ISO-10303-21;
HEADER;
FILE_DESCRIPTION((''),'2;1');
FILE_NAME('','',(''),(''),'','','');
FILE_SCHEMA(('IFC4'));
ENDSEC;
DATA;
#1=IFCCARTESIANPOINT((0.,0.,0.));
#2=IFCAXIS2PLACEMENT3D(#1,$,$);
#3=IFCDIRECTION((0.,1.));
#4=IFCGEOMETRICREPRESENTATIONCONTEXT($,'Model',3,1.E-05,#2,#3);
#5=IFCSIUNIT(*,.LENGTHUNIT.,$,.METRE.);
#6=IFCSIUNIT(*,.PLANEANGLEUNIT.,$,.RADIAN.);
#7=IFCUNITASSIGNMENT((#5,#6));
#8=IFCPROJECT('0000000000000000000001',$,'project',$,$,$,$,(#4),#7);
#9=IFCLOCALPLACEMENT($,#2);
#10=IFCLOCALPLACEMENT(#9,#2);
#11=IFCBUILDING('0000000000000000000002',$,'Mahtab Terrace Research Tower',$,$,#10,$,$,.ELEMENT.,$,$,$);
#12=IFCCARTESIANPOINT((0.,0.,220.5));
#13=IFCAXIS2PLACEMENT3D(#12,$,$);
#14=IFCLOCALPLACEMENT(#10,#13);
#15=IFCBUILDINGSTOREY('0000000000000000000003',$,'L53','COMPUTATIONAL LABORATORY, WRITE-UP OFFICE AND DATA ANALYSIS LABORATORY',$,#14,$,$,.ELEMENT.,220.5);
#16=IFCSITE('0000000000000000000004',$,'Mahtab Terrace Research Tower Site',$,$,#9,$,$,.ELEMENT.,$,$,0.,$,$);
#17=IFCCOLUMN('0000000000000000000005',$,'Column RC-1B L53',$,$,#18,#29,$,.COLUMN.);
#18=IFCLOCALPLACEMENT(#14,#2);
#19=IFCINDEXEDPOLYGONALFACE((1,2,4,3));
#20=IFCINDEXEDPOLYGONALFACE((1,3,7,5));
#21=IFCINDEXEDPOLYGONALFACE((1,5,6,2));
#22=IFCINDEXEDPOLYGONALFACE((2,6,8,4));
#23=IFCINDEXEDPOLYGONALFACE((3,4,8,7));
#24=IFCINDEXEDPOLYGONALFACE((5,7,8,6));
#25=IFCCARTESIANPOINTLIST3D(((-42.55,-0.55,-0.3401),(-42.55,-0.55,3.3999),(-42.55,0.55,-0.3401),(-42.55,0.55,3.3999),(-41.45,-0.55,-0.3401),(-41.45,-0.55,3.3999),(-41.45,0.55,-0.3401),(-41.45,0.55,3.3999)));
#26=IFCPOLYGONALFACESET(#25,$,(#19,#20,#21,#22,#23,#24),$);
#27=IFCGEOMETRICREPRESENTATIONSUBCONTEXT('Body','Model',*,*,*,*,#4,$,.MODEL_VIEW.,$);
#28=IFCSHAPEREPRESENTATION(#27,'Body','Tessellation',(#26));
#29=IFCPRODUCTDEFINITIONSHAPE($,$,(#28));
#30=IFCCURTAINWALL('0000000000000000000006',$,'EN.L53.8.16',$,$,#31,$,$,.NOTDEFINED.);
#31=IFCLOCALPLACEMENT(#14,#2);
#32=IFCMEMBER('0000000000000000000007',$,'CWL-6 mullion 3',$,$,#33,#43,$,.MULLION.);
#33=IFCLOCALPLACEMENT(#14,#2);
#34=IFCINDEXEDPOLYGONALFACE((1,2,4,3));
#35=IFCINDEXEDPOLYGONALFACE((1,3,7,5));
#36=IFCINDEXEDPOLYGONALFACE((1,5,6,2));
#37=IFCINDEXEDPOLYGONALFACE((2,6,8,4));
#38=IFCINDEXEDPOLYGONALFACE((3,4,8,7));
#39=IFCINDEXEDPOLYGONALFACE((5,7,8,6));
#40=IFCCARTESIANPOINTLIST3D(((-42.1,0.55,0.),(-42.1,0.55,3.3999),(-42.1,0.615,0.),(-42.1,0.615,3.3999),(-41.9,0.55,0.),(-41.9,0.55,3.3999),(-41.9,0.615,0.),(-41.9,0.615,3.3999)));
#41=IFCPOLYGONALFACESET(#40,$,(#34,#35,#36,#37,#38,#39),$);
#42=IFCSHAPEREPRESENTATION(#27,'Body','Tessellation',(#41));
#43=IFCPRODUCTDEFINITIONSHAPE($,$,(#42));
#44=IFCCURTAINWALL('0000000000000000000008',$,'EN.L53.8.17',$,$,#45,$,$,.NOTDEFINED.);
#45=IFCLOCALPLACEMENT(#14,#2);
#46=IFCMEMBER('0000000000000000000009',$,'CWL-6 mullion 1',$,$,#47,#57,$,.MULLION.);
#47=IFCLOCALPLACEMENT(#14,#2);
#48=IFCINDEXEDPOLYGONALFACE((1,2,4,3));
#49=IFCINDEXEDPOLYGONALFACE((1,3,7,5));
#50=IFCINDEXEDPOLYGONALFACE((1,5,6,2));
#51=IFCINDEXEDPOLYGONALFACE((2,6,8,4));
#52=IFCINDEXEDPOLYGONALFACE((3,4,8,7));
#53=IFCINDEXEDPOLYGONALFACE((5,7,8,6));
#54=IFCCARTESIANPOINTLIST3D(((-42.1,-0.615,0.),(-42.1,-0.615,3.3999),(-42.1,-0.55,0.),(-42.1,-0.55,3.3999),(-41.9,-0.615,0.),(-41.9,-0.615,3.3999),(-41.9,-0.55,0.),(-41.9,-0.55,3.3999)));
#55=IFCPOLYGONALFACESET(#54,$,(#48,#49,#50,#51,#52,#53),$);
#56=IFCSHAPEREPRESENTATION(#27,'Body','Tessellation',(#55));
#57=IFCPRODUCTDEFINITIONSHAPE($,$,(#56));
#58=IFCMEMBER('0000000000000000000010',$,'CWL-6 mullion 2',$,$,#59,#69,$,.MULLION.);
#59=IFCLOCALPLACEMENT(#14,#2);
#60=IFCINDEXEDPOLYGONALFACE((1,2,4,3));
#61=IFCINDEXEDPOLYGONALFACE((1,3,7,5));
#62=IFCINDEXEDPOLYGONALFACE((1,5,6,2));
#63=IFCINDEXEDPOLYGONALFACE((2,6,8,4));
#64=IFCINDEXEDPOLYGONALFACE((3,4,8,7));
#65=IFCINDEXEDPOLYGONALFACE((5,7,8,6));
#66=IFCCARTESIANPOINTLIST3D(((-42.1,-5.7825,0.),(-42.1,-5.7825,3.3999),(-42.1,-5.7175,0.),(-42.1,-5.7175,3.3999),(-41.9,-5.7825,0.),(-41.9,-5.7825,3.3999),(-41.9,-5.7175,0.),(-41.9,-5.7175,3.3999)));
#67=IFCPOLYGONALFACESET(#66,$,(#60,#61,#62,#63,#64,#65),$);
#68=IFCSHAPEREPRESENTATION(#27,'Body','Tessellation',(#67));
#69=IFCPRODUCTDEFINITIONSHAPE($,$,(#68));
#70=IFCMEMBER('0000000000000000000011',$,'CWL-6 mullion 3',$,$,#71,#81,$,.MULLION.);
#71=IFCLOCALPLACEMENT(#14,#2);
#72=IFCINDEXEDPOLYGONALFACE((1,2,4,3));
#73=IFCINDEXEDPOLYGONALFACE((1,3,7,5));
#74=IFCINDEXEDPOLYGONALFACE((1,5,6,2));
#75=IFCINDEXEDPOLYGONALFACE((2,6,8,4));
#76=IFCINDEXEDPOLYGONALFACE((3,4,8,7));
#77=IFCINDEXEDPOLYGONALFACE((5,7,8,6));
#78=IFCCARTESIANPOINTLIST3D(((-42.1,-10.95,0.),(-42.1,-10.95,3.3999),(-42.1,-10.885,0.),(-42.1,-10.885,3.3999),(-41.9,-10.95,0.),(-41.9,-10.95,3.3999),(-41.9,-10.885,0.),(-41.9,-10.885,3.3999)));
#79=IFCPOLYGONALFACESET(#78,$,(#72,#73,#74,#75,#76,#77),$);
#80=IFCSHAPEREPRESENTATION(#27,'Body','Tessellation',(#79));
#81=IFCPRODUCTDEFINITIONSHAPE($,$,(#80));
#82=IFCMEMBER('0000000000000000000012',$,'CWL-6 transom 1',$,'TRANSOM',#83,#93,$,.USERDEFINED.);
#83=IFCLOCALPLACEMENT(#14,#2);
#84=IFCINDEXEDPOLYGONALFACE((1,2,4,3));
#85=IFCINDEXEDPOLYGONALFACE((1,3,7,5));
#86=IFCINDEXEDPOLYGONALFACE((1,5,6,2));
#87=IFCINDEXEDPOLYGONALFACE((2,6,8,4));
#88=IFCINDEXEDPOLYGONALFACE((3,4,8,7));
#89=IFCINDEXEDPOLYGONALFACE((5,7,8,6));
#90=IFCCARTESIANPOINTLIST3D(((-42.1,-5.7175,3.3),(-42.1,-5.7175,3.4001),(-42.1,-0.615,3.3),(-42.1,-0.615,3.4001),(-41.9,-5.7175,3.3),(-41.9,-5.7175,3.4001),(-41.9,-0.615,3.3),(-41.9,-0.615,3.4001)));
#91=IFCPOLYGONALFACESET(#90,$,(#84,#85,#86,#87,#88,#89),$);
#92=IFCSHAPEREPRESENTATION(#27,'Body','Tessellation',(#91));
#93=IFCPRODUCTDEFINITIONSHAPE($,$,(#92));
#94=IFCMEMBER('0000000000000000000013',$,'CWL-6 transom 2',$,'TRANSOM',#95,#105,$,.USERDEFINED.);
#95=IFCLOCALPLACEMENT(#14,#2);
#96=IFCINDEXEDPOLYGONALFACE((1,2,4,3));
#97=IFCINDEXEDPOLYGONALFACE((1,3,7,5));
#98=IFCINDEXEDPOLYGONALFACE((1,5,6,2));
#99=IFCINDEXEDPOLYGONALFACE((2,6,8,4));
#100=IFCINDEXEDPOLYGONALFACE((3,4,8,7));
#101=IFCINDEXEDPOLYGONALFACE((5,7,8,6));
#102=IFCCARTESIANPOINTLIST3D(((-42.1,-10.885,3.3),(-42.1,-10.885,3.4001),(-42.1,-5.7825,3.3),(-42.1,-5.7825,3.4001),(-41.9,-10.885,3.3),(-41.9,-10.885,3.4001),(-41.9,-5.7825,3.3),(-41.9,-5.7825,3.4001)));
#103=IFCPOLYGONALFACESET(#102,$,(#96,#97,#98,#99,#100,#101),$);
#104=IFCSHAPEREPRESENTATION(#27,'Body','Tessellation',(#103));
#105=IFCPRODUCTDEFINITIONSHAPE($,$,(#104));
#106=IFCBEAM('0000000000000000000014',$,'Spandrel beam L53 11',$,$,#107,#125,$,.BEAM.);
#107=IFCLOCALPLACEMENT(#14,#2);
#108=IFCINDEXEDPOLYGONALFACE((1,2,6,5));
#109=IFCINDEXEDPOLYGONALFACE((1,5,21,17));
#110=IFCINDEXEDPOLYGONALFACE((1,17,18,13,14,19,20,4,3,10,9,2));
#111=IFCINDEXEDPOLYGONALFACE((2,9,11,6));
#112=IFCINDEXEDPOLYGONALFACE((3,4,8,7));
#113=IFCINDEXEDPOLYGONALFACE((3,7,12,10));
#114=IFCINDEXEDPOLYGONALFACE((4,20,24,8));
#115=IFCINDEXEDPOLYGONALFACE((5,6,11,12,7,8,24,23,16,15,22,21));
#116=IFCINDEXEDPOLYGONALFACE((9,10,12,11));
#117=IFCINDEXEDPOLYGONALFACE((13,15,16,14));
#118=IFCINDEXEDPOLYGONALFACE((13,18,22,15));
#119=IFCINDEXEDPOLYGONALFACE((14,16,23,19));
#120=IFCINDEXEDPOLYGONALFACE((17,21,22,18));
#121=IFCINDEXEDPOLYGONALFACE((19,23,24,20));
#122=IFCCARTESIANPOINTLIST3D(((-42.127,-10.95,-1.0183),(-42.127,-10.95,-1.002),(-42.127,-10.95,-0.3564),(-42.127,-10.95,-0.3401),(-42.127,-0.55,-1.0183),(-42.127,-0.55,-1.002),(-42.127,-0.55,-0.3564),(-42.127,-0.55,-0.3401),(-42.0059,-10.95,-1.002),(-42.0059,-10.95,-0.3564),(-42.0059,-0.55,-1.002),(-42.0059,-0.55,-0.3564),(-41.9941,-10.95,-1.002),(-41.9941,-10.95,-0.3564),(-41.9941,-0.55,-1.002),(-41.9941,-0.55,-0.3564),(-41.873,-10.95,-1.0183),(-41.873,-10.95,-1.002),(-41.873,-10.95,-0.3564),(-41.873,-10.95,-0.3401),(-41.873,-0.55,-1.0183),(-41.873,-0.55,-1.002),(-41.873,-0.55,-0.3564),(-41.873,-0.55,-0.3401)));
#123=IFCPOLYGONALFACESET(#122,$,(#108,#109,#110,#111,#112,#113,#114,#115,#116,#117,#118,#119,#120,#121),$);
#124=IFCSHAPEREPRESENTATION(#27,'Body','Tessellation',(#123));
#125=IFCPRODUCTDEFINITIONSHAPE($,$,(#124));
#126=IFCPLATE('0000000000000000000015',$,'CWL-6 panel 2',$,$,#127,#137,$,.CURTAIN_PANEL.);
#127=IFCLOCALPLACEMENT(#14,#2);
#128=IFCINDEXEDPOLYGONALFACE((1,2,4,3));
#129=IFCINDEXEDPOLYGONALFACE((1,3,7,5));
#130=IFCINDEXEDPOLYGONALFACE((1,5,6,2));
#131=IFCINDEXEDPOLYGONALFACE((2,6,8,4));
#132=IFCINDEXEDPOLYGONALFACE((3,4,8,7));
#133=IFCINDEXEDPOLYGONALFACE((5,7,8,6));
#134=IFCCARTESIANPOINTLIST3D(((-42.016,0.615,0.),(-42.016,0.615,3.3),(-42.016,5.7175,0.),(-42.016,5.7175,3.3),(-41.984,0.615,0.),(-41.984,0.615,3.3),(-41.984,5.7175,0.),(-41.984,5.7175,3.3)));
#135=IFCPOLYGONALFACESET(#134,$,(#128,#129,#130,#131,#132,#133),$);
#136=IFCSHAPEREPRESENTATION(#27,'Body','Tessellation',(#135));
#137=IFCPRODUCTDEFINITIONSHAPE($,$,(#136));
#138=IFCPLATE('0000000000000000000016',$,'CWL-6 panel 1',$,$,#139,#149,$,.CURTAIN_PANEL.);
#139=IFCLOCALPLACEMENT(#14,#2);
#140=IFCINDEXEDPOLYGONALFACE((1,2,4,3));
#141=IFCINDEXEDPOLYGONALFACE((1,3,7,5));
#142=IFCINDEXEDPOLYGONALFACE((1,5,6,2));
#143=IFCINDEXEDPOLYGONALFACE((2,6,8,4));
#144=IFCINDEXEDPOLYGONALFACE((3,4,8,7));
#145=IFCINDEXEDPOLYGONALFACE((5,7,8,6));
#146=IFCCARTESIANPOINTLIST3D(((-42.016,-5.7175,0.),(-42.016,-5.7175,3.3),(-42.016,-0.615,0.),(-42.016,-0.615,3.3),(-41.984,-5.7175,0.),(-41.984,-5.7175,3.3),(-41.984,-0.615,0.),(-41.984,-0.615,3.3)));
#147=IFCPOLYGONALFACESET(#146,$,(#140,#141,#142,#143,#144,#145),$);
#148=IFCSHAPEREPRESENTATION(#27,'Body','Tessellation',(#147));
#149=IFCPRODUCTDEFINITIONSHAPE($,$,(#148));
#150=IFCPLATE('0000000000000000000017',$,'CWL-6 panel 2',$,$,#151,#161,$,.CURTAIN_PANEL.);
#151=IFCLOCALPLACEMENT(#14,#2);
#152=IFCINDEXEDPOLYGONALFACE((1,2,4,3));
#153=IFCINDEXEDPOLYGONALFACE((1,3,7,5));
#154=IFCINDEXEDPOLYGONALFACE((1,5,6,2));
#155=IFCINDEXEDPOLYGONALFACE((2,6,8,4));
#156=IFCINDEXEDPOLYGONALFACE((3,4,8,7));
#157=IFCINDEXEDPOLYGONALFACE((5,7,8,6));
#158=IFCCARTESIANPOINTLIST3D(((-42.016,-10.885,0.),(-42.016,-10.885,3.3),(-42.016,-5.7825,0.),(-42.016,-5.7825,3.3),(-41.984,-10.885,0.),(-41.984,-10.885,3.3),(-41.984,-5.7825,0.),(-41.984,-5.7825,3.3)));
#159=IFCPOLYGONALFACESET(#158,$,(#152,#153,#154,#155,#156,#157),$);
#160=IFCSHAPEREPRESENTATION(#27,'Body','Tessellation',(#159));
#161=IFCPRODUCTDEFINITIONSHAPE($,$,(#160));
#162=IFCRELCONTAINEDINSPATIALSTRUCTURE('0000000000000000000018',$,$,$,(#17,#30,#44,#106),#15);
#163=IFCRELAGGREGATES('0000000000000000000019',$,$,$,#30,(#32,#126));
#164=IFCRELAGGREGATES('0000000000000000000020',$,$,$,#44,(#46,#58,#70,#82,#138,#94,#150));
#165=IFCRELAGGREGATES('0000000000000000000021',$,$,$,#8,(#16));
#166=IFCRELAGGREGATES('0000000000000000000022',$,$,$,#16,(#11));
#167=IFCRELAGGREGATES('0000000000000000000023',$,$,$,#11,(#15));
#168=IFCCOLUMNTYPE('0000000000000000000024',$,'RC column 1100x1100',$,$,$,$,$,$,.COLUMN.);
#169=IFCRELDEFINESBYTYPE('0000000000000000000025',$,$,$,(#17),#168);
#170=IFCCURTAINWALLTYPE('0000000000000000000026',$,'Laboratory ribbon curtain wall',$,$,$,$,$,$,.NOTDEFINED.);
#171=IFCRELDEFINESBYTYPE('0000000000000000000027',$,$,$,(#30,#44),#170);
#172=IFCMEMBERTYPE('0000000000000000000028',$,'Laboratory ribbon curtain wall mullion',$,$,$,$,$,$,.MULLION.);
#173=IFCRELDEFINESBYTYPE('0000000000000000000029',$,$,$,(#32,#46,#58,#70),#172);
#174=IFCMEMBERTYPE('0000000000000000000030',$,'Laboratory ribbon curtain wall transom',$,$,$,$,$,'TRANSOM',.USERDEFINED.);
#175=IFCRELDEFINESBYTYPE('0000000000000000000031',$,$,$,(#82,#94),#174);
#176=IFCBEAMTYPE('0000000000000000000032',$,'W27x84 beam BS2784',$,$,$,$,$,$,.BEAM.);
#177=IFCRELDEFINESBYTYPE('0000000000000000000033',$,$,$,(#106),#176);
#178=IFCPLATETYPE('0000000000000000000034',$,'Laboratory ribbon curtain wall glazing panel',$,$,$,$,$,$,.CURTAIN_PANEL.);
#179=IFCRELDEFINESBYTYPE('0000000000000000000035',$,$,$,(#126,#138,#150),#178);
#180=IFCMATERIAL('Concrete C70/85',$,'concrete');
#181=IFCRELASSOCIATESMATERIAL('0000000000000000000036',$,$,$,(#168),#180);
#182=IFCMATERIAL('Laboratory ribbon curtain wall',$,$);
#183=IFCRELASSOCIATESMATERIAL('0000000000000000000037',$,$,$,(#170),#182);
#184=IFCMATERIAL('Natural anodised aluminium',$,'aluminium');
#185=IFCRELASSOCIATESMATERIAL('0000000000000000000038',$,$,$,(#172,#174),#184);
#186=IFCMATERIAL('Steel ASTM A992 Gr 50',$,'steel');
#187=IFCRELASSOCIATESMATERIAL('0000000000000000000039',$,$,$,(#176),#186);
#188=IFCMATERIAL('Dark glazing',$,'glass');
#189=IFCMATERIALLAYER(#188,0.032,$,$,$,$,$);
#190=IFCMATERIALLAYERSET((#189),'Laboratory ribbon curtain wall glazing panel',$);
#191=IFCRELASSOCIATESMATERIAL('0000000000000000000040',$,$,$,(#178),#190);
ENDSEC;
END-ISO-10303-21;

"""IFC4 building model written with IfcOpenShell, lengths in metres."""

from ifc_helpers import new_model, si_unit, direction, frame, origin, origin_2d, place, context, subcontext, project, spatial, rectangle, i_section, extrude, material, layer, layer_set, material_profile, profile_set, type_object, element, aggregate, save


model = new_model("IFC4")

# Units and contexts
model_context = context("Model", 3, precision=1e-05, world=origin(), true_north=direction((0.0, 1.0)))
body_context = subcontext(model_context, "Body", "Model", "MODEL_VIEW")
ifc_project = project(units=[si_unit("LENGTHUNIT", "METRE"), si_unit("PLANEANGLEUNIT", "RADIAN")], contexts=[model_context])

# Site, building, storey
site_placement = place(None, origin())
site = spatial("IfcSite", under=ifc_project, at=site_placement, Name="Mahtab Terrace Research Tower Site", CompositionType="ELEMENT", RefElevation=0.0)
building_placement = place(site_placement, origin())
building = spatial("IfcBuilding", under=site, at=building_placement, Name="Mahtab Terrace Research Tower", CompositionType="ELEMENT")
storey_placement = place(building_placement, frame((0.0, 0.0, 220.5)))
storey = spatial("IfcBuildingStorey", under=building, at=storey_placement, Name="L53", Description="COMPUTATIONAL LABORATORY, WRITE-UP OFFICE AND DATA ANALYSIS LABORATORY", CompositionType="ELEMENT", Elevation=220.5)

# Column
ifc_material_1 = material(Name="Concrete C70/85", Category="concrete")
ifc_material_profile_1 = material_profile(ifc_material_1, rectangle(XDim=1.1001, YDim=1.1001, at=origin_2d()), Name="RC column 1100x1100")
ifc_profile_set_1 = profile_set([ifc_material_profile_1], Name="Concrete C70/85")
column_type = type_object("IfcColumnType", Name="RC column 1100x1100", PredefinedType="COLUMN", material=ifc_profile_set_1)
column_placement = place(storey_placement, frame((-42.0, 0.0, -0.3401), z_axis=(0.0, 0.0, 1.0), x_axis=(1.0, 0.0, 0.0)))
element("IfcColumn", 1, at=column_placement, inside=storey, type_object=column_type, Name="Column RC-1B L53", PredefinedType="COLUMN", context=body_context, shape_type="SweptSolid", body=[
    extrude(rectangle(XDim=1.1001, YDim=1.1001, at=origin_2d()), origin(), (0.0, 0.0, 1.0), 3.74),
])

# Curtain wall, member
ifc_material_2 = material(Name="Laboratory ribbon curtain wall")
curtain_wall_type = type_object("IfcCurtainWallType", Name="Laboratory ribbon curtain wall", PredefinedType="NOTDEFINED", material=ifc_material_2)
curtain_wall_1_placement = place(storey_placement, origin())
curtain_wall_1 = element("IfcCurtainWall", 2, at=curtain_wall_1_placement, inside=storey, type_object=curtain_wall_type, Name="EN.L53.8.16", PredefinedType="NOTDEFINED")
ifc_material_3 = material(Name="Natural anodised aluminium", Category="aluminium")
ifc_material_profile_2 = material_profile(ifc_material_3, rectangle(XDim=0.2, YDim=0.0649, at=origin_2d()), Name="MULLION 65x200")
ifc_profile_set_2 = profile_set([ifc_material_profile_2], Name="Natural anodised aluminium")
member_type_1 = type_object("IfcMemberType", Name="Laboratory ribbon curtain wall mullion", PredefinedType="MULLION", material=ifc_profile_set_2)
member_1_placement = place(storey_placement, frame((-42.0, 0.5825, 0.0), z_axis=(0.0, 0.0, 1.0), x_axis=(1.0, 0.0, 0.0)))
member_1 = element("IfcMember", 3, at=member_1_placement, type_object=member_type_1, Name="CWL-6 mullion 3", PredefinedType="MULLION", context=body_context, shape_type="SweptSolid", body=[
    extrude(rectangle(XDim=0.2, YDim=0.0649, at=origin_2d()), origin(), (0.0, 0.0, 1.0), 3.3999),
])

# Curtain wall, members
curtain_wall_2_placement = place(storey_placement, origin())
curtain_wall_2 = element("IfcCurtainWall", 4, at=curtain_wall_2_placement, inside=storey, type_object=curtain_wall_type, Name="EN.L53.8.17", PredefinedType="NOTDEFINED")
member_2_placement = place(storey_placement, frame((-42.0, -0.5825, 0.0), z_axis=(0.0, 0.0, 1.0), x_axis=(1.0, 0.0, 0.0)))
member_2 = element("IfcMember", 5, at=member_2_placement, type_object=member_type_1, Name="CWL-6 mullion 1", PredefinedType="MULLION", context=body_context, shape_type="SweptSolid", body=[
    extrude(rectangle(XDim=0.2, YDim=0.0649, at=origin_2d()), origin(), (0.0, 0.0, 1.0), 3.3999),
])
member_3_placement = place(storey_placement, frame((-42.0, -5.75, 0.0), z_axis=(0.0, 0.0, 1.0), x_axis=(1.0, 0.0, 0.0)))
member_3 = element("IfcMember", 6, at=member_3_placement, type_object=member_type_1, Name="CWL-6 mullion 2", PredefinedType="MULLION", context=body_context, shape_type="SweptSolid", body=[
    extrude(rectangle(XDim=0.2, YDim=0.0649, at=origin_2d()), origin(), (0.0, 0.0, 1.0), 3.3999),
])
member_4_placement = place(storey_placement, frame((-42.0, -10.9175, 0.0), z_axis=(0.0, 0.0, 1.0), x_axis=(1.0, 0.0, 0.0)))
member_4 = element("IfcMember", 7, at=member_4_placement, type_object=member_type_1, Name="CWL-6 mullion 3", PredefinedType="MULLION", context=body_context, shape_type="SweptSolid", body=[
    extrude(rectangle(XDim=0.2, YDim=0.0649, at=origin_2d()), origin(), (0.0, 0.0, 1.0), 3.3999),
])
ifc_material_profile_3 = material_profile(ifc_material_3, rectangle(XDim=0.2, YDim=0.1001, at=origin_2d()), Name="TRANSOM 100x200")
ifc_profile_set_3 = profile_set([ifc_material_profile_3], Name="Natural anodised aluminium")
member_type_2 = type_object("IfcMemberType", Name="Laboratory ribbon curtain wall transom", ElementType="TRANSOM", PredefinedType="USERDEFINED", material=ifc_profile_set_3)
member_5_placement = place(storey_placement, frame((-42.0, -0.615, 3.3501), z_axis=(0.0, -1.0, 0.0), x_axis=(1.0, 0.0, 0.0)))
member_5 = element("IfcMember", 8, at=member_5_placement, type_object=member_type_2, Name="CWL-6 transom 1", ObjectType="TRANSOM", PredefinedType="USERDEFINED", context=body_context, shape_type="SweptSolid", body=[
    extrude(rectangle(XDim=0.2, YDim=0.1001, at=origin_2d()), origin(), (0.0, 0.0, 1.0), 5.1025),
])
member_6_placement = place(storey_placement, frame((-42.0, -5.7825, 3.3501), z_axis=(0.0, -1.0, 0.0), x_axis=(1.0, 0.0, 0.0)))
member_6 = element("IfcMember", 9, at=member_6_placement, type_object=member_type_2, Name="CWL-6 transom 2", ObjectType="TRANSOM", PredefinedType="USERDEFINED", context=body_context, shape_type="SweptSolid", body=[
    extrude(rectangle(XDim=0.2, YDim=0.1001, at=origin_2d()), origin(), (0.0, 0.0, 1.0), 5.1025),
])

# Beam
ifc_material_4 = material(Name="Steel ASTM A992 Gr 50", Category="steel")
ifc_material_profile_4 = material_profile(ifc_material_4, i_section(OverallWidth=0.2539, OverallDepth=0.6782, WebThickness=0.0117, FlangeThickness=0.0164, at=origin_2d()), Name="W27X84")
ifc_profile_set_4 = profile_set([ifc_material_profile_4], Name="Steel ASTM A992 Gr 50")
beam_type = type_object("IfcBeamType", Name="W27x84 beam BS2784", PredefinedType="BEAM", material=ifc_profile_set_4)
beam_placement = place(storey_placement, frame((-42.0, -0.55, -0.6792), z_axis=(0.0, -1.0, 0.0), x_axis=(1.0, 0.0, 0.0)))
element("IfcBeam", 10, at=beam_placement, inside=storey, type_object=beam_type, Name="Spandrel beam L53 11", PredefinedType="BEAM", context=body_context, shape_type="SweptSolid", body=[
    extrude(i_section(OverallWidth=0.2539, OverallDepth=0.6782, WebThickness=0.0117, FlangeThickness=0.0164, at=origin_2d()), origin(), (0.0, 0.0, 1.0), 10.3999),
])

# Plates
ifc_material_5 = material(Name="Dark glazing", Category="glass")
ifc_layer_1 = layer(ifc_material_5, 0.032)
ifc_layer_set_1 = layer_set([ifc_layer_1], Name="Laboratory ribbon curtain wall glazing panel")
plate_type = type_object("IfcPlateType", Name="Laboratory ribbon curtain wall glazing panel", PredefinedType="CURTAIN_PANEL", material=ifc_layer_set_1)
plate_1_placement = place(storey_placement, frame((-42.0, 3.1663, 0.0), z_axis=(0.0, 0.0, 1.0), x_axis=(0.0, -1.0, 0.0)))
plate_1 = element("IfcPlate", 11, at=plate_1_placement, type_object=plate_type, Name="CWL-6 panel 2", PredefinedType="CURTAIN_PANEL", context=body_context, shape_type="SweptSolid", body=[
    extrude(rectangle(XDim=5.1025, YDim=0.032, at=origin_2d()), origin(), (0.0, 0.0, 1.0), 3.3),
])
aggregate(curtain_wall_1, [member_1, plate_1])
plate_2_placement = place(storey_placement, frame((-42.0, -3.1663, 0.0), z_axis=(0.0, 0.0, 1.0), x_axis=(0.0, -1.0, 0.0)))
plate_2 = element("IfcPlate", 12, at=plate_2_placement, type_object=plate_type, Name="CWL-6 panel 1", PredefinedType="CURTAIN_PANEL", context=body_context, shape_type="SweptSolid", body=[
    extrude(rectangle(XDim=5.1025, YDim=0.032, at=origin_2d()), origin(), (0.0, 0.0, 1.0), 3.3),
])
plate_3_placement = place(storey_placement, frame((-42.0, -8.3337, 0.0), z_axis=(0.0, 0.0, 1.0), x_axis=(0.0, -1.0, 0.0)))
plate_3 = element("IfcPlate", 13, at=plate_3_placement, type_object=plate_type, Name="CWL-6 panel 2", PredefinedType="CURTAIN_PANEL", context=body_context, shape_type="SweptSolid", body=[
    extrude(rectangle(XDim=5.1025, YDim=0.032, at=origin_2d()), origin(), (0.0, 0.0, 1.0), 3.3),
])
aggregate(curtain_wall_2, [member_2, member_3, member_4, member_5, plate_2, member_6, plate_3])

save(model, "model.ifc")
